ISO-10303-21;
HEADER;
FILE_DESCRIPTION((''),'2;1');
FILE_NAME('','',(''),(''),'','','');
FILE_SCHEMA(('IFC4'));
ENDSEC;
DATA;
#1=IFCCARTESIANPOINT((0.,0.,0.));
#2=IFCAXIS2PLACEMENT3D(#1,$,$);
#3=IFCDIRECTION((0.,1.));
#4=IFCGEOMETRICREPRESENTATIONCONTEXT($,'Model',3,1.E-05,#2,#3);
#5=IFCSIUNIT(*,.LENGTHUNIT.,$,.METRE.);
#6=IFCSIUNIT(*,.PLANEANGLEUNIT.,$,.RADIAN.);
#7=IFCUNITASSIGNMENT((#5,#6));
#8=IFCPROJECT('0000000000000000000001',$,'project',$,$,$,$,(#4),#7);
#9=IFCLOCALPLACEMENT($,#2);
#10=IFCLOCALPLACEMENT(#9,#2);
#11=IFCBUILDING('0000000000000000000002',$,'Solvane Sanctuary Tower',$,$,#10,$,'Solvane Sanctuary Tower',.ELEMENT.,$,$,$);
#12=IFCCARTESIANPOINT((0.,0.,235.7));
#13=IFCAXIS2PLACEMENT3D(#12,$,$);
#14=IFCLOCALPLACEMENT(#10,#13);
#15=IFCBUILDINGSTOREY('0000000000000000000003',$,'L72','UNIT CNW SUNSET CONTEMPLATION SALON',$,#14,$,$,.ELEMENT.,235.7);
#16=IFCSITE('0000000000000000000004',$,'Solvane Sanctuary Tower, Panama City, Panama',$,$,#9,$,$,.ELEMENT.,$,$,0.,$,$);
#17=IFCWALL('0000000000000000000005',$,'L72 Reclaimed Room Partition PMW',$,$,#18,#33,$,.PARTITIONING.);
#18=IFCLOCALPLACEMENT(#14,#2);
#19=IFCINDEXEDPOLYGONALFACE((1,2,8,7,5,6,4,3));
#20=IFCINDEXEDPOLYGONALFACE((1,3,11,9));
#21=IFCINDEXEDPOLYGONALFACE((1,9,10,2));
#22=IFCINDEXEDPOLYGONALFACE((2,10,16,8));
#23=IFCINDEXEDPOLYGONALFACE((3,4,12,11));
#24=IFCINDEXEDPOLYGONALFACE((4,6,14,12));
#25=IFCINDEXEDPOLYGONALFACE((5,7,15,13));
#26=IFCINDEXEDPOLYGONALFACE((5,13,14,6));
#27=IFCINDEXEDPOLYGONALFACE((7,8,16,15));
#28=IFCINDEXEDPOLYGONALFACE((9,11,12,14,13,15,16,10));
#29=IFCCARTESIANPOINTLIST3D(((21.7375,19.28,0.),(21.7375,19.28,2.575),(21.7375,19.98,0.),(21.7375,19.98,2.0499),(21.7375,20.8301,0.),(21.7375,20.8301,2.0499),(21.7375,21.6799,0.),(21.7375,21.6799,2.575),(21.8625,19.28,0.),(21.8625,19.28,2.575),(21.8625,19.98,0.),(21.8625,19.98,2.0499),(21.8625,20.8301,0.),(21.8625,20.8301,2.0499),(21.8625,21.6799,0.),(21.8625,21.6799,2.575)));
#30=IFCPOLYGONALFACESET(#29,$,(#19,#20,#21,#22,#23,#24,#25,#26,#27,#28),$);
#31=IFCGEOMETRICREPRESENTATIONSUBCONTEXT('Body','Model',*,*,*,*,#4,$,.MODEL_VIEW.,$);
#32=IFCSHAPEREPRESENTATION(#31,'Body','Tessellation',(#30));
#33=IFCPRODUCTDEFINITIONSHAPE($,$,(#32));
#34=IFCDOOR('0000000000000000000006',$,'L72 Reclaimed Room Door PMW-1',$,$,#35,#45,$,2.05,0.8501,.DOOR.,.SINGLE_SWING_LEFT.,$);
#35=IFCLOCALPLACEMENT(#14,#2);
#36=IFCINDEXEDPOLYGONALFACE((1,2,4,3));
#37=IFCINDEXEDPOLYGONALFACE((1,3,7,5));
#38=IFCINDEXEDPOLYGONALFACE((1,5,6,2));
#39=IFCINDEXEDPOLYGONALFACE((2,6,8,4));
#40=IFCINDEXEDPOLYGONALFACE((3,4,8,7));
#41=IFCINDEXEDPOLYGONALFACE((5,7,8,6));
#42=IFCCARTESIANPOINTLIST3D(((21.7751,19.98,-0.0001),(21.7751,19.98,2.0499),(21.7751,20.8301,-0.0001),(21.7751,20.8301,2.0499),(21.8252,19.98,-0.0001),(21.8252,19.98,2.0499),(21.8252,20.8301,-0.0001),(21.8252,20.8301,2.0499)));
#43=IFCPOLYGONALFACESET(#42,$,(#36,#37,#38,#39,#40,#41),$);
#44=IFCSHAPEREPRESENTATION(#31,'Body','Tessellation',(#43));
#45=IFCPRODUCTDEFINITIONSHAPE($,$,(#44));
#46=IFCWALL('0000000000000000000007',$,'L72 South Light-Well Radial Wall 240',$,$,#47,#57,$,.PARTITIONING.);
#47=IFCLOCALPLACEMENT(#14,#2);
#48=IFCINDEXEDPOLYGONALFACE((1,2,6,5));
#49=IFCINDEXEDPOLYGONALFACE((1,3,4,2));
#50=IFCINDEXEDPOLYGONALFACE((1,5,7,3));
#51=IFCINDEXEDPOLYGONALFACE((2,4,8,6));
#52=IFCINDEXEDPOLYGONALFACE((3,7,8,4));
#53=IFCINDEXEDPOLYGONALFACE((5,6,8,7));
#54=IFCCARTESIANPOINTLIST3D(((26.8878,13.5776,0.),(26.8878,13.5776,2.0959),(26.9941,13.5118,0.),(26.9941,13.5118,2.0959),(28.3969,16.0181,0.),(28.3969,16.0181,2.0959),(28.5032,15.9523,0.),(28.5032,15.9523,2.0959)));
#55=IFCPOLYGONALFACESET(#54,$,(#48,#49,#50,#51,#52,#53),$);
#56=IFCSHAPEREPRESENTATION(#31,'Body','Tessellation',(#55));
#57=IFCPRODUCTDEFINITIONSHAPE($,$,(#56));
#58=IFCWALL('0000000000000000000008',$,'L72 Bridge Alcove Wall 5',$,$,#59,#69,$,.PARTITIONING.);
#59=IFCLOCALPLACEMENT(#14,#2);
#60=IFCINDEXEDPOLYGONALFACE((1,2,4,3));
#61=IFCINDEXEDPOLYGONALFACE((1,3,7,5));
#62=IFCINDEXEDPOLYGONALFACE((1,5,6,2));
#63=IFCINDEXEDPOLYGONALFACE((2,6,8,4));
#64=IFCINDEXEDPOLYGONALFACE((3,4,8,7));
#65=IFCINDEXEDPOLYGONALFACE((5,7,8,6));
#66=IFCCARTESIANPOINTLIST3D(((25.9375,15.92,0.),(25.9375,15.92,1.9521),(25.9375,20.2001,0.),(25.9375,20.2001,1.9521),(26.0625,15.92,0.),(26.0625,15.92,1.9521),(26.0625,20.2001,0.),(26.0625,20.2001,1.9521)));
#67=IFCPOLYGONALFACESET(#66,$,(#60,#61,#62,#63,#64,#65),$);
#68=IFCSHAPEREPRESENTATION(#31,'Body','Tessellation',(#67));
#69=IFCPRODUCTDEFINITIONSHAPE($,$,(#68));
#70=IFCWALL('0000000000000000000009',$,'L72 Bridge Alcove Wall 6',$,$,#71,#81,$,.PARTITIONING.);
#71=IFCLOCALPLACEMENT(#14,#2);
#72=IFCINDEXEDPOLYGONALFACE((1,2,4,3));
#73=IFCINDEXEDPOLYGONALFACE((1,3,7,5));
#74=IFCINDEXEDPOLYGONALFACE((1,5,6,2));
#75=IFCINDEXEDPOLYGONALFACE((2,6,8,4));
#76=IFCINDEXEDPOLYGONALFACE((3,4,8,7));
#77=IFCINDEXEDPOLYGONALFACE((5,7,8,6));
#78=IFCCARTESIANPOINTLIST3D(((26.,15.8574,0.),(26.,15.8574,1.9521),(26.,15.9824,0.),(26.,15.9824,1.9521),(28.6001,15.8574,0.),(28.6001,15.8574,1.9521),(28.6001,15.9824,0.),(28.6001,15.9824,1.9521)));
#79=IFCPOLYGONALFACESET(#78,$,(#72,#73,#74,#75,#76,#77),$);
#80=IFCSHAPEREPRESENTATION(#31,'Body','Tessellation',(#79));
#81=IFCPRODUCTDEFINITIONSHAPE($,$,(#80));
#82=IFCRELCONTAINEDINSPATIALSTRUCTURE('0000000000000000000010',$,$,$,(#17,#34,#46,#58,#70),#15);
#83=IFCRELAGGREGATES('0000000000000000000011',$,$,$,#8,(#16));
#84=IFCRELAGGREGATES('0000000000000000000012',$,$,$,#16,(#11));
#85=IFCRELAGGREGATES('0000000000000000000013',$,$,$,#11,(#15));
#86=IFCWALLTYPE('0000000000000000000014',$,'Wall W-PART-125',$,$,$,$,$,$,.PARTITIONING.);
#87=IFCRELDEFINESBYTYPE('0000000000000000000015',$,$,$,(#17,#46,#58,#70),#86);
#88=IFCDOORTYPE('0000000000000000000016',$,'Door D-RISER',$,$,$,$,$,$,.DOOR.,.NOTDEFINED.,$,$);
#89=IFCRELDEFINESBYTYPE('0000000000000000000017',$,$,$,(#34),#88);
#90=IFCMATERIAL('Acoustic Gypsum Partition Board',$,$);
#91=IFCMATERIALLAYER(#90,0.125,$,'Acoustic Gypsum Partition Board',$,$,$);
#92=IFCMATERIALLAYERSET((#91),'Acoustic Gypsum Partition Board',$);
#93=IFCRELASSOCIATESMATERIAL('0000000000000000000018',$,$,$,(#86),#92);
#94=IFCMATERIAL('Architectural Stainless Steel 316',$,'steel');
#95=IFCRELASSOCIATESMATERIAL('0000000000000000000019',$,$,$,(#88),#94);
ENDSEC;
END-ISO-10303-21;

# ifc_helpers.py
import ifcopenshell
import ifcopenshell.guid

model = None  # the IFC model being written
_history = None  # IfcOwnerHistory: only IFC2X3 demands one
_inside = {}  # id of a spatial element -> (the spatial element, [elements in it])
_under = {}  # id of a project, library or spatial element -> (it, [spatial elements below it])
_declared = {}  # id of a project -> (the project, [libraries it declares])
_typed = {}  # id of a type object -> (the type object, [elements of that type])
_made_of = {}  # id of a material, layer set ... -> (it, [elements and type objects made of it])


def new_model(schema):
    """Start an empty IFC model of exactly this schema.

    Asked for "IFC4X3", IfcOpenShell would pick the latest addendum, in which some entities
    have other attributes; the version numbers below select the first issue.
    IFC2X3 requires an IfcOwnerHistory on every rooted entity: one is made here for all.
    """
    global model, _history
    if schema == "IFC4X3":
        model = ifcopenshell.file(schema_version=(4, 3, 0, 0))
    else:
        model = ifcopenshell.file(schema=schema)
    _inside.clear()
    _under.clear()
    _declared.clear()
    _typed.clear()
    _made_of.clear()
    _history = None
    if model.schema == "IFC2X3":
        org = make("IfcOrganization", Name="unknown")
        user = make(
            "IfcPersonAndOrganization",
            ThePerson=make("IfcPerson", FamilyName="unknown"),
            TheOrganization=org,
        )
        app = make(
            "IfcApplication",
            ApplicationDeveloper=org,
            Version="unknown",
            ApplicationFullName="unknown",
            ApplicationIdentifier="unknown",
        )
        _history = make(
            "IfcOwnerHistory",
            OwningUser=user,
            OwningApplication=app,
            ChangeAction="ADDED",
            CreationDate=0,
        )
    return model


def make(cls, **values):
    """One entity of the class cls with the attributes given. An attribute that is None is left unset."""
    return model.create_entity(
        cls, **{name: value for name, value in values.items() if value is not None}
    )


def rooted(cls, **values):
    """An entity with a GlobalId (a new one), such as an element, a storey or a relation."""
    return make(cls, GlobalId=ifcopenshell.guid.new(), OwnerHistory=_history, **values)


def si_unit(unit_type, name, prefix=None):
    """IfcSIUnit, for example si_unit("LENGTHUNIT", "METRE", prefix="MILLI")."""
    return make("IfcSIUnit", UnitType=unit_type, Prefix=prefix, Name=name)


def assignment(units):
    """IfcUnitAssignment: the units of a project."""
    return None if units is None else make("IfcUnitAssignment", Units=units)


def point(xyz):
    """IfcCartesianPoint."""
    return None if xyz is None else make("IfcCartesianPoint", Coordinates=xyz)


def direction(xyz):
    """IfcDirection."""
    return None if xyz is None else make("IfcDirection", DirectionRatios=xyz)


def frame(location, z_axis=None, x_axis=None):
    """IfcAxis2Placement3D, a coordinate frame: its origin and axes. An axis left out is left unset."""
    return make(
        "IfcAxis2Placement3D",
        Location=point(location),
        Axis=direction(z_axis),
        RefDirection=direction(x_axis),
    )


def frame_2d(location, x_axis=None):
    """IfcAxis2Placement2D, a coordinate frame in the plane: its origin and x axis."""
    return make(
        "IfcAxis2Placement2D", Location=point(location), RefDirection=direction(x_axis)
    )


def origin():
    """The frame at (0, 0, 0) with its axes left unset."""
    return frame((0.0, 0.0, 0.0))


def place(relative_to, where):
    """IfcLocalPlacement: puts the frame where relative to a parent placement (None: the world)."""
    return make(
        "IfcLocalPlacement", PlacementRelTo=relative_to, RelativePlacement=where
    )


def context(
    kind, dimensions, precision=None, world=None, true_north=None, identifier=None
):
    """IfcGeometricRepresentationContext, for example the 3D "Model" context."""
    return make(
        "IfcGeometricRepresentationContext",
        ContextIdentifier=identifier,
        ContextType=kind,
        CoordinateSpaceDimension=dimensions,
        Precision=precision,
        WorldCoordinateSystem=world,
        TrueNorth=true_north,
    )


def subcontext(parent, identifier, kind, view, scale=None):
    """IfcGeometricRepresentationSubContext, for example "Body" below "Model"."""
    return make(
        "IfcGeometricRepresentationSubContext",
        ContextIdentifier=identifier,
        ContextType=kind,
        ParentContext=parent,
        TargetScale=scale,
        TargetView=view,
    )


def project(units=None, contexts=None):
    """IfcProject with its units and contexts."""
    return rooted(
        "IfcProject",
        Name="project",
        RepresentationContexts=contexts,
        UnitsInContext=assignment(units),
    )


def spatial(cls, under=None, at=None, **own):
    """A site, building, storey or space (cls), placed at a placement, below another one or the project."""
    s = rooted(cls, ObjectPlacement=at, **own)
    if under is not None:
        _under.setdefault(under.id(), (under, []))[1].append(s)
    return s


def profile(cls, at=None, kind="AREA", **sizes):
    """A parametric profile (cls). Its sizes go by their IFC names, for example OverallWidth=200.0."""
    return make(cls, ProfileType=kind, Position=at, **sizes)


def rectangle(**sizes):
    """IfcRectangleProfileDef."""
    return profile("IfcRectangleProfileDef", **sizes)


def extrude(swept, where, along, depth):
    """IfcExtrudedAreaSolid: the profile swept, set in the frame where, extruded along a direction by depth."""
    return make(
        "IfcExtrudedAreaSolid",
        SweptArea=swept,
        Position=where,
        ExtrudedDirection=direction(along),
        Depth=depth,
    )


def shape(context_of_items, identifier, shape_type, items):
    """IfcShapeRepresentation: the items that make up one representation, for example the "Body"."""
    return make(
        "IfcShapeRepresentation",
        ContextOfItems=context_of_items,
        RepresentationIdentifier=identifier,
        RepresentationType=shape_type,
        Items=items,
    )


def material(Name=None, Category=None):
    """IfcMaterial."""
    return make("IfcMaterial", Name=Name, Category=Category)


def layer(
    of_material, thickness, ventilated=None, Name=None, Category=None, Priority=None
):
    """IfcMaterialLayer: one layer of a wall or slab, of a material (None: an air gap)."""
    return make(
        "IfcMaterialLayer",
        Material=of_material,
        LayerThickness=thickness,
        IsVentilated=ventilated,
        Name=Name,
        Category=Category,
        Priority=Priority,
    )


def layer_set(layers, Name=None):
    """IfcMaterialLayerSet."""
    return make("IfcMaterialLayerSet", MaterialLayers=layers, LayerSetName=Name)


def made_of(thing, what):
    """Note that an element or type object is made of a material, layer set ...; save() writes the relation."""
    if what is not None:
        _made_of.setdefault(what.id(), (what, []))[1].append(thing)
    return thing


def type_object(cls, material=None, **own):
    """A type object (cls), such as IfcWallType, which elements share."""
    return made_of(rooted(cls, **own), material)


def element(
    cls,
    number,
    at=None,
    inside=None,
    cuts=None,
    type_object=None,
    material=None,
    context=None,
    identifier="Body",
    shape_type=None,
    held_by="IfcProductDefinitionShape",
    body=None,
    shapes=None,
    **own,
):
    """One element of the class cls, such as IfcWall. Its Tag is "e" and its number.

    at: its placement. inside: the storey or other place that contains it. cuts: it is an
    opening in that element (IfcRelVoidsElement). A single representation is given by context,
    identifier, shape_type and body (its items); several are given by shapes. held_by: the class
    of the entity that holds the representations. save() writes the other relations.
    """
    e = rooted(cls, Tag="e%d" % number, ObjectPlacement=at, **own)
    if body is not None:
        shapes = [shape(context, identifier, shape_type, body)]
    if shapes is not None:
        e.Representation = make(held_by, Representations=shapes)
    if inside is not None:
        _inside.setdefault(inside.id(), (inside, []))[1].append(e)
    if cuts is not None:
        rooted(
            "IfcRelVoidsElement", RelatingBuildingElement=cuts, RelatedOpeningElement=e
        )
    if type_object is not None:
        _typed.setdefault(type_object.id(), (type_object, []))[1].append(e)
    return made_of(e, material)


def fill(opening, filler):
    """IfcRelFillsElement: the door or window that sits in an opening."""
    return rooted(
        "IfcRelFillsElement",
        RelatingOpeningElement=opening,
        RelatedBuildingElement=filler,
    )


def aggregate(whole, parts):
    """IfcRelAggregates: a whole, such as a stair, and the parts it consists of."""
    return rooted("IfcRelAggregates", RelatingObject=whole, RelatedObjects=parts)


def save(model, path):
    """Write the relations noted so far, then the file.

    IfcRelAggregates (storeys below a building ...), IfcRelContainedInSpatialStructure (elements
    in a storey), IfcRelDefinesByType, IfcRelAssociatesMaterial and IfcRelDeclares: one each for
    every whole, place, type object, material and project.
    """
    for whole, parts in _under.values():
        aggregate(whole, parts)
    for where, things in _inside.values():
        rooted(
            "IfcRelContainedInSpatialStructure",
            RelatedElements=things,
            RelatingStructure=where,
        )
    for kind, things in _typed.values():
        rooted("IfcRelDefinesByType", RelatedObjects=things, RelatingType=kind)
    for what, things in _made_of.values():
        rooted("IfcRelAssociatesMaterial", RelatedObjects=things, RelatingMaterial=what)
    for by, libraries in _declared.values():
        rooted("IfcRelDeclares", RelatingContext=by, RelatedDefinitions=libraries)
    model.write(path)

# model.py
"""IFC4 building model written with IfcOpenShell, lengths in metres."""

from ifc_helpers import new_model, si_unit, direction, frame, frame_2d, origin, place, context, subcontext, project, spatial, rectangle, extrude, material, layer, layer_set, type_object, element, fill, save


model = new_model("IFC4")

# Units and contexts
model_context = context("Model", 3, precision=1e-05, world=origin(), true_north=direction((0.0, 1.0)))
body_context = subcontext(model_context, "Body", "Model", "MODEL_VIEW")
ifc_project = project(units=[si_unit("LENGTHUNIT", "METRE"), si_unit("PLANEANGLEUNIT", "RADIAN")], contexts=[model_context])

# Site, building, storey
site_placement = place(None, origin())
site = spatial("IfcSite", under=ifc_project, at=site_placement, Name="Solvane Sanctuary Tower, Panama City, Panama", CompositionType="ELEMENT", RefElevation=0.0)
building_placement = place(site_placement, origin())
building = spatial("IfcBuilding", under=site, at=building_placement, Name="Solvane Sanctuary Tower", LongName="Solvane Sanctuary Tower", CompositionType="ELEMENT")
storey_placement = place(building_placement, frame((0.0, 0.0, 235.7)))
storey = spatial("IfcBuildingStorey", under=building, at=storey_placement, Name="L72", Description="UNIT CNW SUNSET CONTEMPLATION SALON", CompositionType="ELEMENT", Elevation=235.7)

# Shared definitions
ifc_material_1 = material(Name="Acoustic Gypsum Partition Board")
ifc_layer_1 = layer(ifc_material_1, 0.125, Name="Acoustic Gypsum Partition Board")
ifc_layer_set_1 = layer_set([ifc_layer_1], Name="Acoustic Gypsum Partition Board")
wall_type_1 = type_object("IfcWallType", Name="Wall W-PART-125", PredefinedType="PARTITIONING", material=ifc_layer_set_1)

# Wall, opening, door
wall_1_placement = place(storey_placement, frame((21.8, 19.28, 0.0), z_axis=(0.0, 0.0, 1.0), x_axis=(0.0, 1.0, 0.0)))
wall_1 = element("IfcWall", 1, at=wall_1_placement, inside=storey, type_object=wall_type_1, Name="L72 Reclaimed Room Partition PMW", PredefinedType="PARTITIONING", context=body_context, shape_type="SweptSolid", body=[
    extrude(rectangle(XDim=2.3999, YDim=0.125, at=frame_2d((1.2, 0.0))), origin(), (0.0, 0.0, 1.0), 2.575),
])
opening_placement = place(wall_1_placement, frame((0.7, 0.0, 0.0)))
opening = element("IfcOpeningElement", 2, at=opening_placement, cuts=wall_1, PredefinedType="OPENING", context=body_context, shape_type="SweptSolid", body=[
    extrude(rectangle(XDim=0.8501, YDim=2.05, at=frame_2d((0.425, 1.0249))), frame((0.0, 0.0725, 0.0), z_axis=(0.0, -1.0, 0.0), x_axis=(1.0, 0.0, 0.0)), (0.0, 0.0, 1.0), 0.145),
])
ifc_material_2 = material(Name="Architectural Stainless Steel 316", Category="steel")
door_type = type_object("IfcDoorType", Name="Door D-RISER", OperationType="NOTDEFINED", PredefinedType="DOOR", material=ifc_material_2)
door_placement = place(opening_placement, origin())
door = element("IfcDoor", 3, at=door_placement, inside=storey, type_object=door_type, Name="L72 Reclaimed Room Door PMW-1", OperationType="SINGLE_SWING_LEFT", OverallHeight=2.05, OverallWidth=0.8501, PredefinedType="DOOR", context=body_context, shape_type="SweptSolid", body=[
    extrude(rectangle(XDim=0.8501, YDim=2.05, at=frame_2d((0.425, 1.0249))), frame((0.0, 0.0249, 0.0), z_axis=(0.0, -1.0, 0.0), x_axis=(1.0, 0.0, 0.0)), (0.0, 0.0, 1.0), 0.05),
])
fill(opening, door)

# Walls
wall_2_placement = place(storey_placement, frame((28.45, 15.9851, 0.0), z_axis=(0.0, 0.0, 1.0), x_axis=(-0.525924, -0.850532, 0.0)))
element("IfcWall", 4, at=wall_2_placement, inside=storey, type_object=wall_type_1, Name="L72 South Light-Well Radial Wall 240", PredefinedType="PARTITIONING", context=body_context, shape_type="SweptSolid", body=[
    extrude(rectangle(XDim=2.8694, YDim=0.125, at=frame_2d((1.4346, 0.0))), origin(), (0.0, 0.0, 1.0), 2.0959),
])
wall_3_placement = place(storey_placement, frame((26.0, 15.9199, 0.0), z_axis=(0.0, 0.0, 1.0), x_axis=(0.0, 1.0, 0.0)))
element("IfcWall", 5, at=wall_3_placement, inside=storey, type_object=wall_type_1, Name="L72 Bridge Alcove Wall 5", PredefinedType="PARTITIONING", context=body_context, shape_type="SweptSolid", body=[
    extrude(rectangle(XDim=4.28, YDim=0.125, at=frame_2d((2.1401, 0.0))), origin(), (0.0, 0.0, 1.0), 1.9521),
])
wall_4_placement = place(storey_placement, frame((26.0, 15.9199, 0.0), z_axis=(0.0, 0.0, 1.0), x_axis=(1.0, 0.0, 0.0)))
element("IfcWall", 6, at=wall_4_placement, inside=storey, type_object=wall_type_1, Name="L72 Bridge Alcove Wall 6", PredefinedType="PARTITIONING", context=body_context, shape_type="SweptSolid", body=[
    extrude(rectangle(XDim=2.6001, YDim=0.125, at=frame_2d((1.3, 0.0))), origin(), (0.0, 0.0, 1.0), 1.9521),
])

save(model, "model.ifc")
